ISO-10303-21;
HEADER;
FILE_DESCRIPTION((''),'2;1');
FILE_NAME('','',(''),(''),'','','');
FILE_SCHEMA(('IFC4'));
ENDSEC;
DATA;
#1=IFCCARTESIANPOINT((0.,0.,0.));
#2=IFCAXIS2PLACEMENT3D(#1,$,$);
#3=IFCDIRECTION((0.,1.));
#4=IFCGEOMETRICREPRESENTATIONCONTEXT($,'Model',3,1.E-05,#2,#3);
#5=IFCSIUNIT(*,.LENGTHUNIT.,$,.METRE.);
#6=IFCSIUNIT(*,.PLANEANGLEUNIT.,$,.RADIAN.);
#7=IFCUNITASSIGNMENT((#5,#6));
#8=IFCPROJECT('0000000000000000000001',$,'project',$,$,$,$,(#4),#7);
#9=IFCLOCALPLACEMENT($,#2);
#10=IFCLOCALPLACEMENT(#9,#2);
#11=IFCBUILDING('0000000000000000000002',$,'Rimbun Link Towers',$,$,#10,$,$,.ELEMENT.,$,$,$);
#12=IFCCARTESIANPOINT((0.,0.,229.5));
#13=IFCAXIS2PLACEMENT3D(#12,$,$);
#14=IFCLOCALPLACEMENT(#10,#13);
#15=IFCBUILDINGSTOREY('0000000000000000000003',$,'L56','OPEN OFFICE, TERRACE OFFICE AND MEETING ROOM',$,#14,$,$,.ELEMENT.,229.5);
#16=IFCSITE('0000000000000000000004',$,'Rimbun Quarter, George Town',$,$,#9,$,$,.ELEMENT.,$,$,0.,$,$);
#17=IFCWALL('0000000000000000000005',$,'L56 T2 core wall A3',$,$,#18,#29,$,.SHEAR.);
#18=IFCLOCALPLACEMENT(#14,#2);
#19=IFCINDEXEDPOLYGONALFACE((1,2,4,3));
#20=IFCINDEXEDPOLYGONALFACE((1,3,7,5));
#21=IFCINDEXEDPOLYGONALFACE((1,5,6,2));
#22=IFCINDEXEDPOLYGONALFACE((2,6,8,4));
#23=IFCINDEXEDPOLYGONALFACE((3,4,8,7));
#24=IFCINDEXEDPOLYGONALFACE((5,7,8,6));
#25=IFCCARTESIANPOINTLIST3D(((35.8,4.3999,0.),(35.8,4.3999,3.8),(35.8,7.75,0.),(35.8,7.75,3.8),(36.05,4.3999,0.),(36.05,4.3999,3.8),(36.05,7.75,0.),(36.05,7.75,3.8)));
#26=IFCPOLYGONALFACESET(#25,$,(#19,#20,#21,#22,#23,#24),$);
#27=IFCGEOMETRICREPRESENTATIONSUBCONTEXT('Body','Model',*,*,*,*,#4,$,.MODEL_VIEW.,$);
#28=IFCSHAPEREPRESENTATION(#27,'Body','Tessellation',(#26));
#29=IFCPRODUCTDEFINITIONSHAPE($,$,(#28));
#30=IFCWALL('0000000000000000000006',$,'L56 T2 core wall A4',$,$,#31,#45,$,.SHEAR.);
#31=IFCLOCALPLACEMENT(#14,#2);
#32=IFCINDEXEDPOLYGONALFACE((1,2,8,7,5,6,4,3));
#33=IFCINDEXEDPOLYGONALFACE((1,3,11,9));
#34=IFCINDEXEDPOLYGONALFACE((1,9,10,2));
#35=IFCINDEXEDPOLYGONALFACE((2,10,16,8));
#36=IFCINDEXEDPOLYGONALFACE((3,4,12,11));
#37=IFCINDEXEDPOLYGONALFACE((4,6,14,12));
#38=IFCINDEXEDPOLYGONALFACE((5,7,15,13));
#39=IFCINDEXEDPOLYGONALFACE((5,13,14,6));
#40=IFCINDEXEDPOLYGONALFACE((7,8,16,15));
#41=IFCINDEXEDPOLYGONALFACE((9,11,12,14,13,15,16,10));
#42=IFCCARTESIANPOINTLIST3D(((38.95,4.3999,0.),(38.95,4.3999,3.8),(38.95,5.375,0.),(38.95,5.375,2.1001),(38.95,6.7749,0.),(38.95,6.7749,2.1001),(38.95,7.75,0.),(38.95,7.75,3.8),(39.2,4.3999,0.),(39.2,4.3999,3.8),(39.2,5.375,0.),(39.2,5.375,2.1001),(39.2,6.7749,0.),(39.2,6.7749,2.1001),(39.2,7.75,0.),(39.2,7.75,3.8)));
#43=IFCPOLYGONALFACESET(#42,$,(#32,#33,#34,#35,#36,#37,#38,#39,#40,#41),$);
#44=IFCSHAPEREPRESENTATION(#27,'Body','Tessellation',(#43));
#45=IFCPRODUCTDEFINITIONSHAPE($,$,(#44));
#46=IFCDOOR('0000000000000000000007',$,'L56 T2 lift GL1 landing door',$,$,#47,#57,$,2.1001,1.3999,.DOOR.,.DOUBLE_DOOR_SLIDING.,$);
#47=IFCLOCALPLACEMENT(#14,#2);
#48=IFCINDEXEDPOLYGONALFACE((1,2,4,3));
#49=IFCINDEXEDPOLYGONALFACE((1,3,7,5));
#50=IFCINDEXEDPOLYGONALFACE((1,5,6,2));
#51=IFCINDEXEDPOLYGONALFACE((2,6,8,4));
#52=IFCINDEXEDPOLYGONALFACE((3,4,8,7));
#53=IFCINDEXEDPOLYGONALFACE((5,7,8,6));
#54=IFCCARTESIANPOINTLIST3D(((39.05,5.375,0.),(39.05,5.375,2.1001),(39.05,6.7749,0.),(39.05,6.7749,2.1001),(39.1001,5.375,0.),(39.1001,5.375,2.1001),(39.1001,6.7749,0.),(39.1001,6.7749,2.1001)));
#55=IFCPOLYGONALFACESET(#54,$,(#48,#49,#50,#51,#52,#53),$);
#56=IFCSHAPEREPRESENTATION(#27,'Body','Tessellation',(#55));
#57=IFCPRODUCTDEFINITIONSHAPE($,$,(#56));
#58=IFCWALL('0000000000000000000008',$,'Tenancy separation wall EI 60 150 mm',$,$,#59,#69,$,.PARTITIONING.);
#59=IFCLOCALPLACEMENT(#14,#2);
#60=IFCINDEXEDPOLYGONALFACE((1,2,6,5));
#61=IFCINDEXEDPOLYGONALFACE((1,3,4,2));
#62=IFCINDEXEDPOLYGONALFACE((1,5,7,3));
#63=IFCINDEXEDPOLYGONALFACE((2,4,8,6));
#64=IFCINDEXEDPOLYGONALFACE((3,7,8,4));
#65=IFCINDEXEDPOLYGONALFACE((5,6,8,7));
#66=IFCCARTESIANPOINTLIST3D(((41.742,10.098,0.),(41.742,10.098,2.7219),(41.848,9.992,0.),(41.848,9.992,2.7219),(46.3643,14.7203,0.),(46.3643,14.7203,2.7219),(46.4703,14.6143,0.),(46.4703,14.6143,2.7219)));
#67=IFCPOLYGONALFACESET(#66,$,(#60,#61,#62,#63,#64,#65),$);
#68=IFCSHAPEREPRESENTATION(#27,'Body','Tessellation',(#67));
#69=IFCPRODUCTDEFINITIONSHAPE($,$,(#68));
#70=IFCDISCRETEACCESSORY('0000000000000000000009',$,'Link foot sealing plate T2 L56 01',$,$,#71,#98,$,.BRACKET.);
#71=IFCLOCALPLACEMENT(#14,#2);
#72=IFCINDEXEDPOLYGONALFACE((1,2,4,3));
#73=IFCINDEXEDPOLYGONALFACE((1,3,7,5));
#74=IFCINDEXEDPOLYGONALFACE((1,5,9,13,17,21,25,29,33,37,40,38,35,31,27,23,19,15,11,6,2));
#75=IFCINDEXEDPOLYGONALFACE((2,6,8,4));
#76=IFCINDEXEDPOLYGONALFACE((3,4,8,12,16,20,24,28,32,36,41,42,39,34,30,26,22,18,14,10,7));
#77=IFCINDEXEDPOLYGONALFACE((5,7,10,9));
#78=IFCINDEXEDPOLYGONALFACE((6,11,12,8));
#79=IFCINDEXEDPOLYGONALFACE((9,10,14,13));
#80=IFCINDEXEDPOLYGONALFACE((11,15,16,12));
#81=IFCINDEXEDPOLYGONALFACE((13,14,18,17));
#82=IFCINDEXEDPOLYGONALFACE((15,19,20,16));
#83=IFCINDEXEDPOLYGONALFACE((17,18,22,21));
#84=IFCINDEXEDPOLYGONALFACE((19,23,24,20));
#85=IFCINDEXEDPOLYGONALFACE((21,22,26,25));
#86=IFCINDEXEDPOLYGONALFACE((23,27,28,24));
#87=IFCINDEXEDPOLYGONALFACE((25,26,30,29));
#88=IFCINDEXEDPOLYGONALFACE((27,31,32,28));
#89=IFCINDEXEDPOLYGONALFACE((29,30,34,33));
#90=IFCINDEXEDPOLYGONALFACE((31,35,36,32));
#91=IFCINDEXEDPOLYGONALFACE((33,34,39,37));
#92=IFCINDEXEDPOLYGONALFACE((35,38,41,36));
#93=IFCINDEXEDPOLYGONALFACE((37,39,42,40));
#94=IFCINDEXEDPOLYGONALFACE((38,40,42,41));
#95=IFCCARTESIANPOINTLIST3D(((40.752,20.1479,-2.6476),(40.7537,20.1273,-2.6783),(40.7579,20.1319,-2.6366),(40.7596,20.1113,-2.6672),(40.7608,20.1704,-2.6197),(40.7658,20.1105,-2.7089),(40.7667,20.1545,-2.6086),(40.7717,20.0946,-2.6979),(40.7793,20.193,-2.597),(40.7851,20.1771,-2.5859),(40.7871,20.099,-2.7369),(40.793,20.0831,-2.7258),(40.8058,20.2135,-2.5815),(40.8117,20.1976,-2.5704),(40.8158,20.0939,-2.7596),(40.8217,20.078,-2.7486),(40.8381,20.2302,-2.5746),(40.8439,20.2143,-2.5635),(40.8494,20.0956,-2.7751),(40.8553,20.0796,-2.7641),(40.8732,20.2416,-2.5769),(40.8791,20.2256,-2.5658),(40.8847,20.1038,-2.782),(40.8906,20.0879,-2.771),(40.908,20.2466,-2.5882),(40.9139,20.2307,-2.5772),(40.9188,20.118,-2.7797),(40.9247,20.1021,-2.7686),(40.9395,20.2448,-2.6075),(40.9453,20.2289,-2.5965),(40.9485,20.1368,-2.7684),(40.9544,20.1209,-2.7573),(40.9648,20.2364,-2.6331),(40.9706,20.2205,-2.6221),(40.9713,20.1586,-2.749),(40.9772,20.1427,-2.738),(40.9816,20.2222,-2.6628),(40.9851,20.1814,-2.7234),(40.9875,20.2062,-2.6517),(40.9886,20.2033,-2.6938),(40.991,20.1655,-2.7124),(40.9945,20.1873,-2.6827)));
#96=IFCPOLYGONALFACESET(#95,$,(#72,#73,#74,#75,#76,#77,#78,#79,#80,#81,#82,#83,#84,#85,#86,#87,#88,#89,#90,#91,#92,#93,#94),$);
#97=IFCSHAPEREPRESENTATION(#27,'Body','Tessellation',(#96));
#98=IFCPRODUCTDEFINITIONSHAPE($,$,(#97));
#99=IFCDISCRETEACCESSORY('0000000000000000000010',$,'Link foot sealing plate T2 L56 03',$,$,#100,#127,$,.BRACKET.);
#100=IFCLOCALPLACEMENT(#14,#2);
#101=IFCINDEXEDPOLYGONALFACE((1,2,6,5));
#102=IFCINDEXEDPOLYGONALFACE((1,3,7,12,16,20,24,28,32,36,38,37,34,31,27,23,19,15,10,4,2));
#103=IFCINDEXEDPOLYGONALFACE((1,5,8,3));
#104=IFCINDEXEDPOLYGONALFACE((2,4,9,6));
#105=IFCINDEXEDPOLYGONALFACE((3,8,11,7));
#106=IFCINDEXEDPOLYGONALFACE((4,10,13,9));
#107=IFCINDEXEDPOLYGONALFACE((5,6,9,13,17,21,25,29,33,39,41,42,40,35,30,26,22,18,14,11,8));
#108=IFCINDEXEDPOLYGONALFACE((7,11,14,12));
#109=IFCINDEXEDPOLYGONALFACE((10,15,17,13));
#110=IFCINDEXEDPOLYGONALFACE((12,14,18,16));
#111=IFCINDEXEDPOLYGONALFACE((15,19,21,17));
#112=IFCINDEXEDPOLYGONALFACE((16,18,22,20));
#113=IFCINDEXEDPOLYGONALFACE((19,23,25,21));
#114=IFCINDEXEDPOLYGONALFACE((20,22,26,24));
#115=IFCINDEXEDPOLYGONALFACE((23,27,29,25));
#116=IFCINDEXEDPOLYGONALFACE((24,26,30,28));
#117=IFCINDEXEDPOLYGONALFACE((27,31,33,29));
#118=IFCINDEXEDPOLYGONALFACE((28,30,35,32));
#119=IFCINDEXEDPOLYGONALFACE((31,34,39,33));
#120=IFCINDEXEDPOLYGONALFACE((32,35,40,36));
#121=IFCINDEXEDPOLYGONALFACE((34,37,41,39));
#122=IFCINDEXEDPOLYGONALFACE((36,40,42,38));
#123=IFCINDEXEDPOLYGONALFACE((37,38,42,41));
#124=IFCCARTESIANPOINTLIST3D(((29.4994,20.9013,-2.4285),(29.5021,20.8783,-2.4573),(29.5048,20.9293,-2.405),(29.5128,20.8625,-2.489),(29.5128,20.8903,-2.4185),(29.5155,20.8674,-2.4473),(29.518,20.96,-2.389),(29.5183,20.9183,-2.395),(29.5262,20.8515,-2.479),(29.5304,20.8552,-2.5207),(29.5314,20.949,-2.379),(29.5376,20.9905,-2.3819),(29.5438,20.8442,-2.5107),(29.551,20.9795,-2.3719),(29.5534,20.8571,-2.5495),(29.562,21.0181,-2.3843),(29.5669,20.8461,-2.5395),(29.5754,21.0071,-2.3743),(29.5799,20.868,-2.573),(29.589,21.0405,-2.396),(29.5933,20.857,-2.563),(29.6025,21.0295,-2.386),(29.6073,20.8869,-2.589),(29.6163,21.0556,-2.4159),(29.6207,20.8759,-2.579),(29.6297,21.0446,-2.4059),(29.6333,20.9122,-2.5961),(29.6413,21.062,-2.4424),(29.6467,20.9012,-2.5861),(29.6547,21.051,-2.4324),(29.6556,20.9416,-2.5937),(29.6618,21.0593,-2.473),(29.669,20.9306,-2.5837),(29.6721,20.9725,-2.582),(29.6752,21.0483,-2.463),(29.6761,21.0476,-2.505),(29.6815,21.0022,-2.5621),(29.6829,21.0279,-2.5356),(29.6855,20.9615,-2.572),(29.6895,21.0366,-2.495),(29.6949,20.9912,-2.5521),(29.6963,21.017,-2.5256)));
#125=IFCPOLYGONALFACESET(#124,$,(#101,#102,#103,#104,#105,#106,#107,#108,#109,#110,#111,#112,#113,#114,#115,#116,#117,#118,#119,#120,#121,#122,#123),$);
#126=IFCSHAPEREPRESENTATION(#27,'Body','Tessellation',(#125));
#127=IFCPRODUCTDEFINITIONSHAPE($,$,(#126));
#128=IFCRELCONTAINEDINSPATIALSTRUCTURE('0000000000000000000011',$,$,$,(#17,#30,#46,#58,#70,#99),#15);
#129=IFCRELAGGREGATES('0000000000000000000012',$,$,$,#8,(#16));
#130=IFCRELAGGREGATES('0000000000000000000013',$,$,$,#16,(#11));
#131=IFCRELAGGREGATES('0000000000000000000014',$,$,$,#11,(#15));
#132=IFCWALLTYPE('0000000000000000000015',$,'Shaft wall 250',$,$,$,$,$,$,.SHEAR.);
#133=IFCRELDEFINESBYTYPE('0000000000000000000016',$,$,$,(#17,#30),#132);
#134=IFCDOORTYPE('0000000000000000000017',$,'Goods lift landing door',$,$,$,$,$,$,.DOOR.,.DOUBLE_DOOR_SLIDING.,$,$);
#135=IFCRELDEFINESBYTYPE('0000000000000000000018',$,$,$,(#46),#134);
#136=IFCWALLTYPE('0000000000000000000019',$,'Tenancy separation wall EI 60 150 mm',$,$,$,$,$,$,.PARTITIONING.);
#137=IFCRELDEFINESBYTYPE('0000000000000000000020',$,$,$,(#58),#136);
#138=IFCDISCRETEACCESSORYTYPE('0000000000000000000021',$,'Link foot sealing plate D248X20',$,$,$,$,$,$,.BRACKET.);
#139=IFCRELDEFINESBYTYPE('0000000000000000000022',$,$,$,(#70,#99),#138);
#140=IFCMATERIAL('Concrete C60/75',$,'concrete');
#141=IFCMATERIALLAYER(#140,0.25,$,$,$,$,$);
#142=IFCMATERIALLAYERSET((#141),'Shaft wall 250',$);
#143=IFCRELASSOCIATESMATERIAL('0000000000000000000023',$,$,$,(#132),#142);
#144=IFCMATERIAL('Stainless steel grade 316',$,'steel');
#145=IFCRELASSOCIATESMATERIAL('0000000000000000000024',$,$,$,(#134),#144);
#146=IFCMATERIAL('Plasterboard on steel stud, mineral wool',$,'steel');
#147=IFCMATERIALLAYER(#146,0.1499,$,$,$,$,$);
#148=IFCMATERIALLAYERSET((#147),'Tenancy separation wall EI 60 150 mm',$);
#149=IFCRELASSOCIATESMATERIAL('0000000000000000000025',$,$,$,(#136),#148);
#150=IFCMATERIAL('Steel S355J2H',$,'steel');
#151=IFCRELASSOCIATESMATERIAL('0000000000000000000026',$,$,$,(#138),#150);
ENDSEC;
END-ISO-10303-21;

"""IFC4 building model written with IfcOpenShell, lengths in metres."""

from ifc_helpers import new_model, si_unit, direction, frame, frame_2d, origin, origin_2d, place, context, subcontext, project, spatial, rectangle, circle, extrude, material, layer, layer_set, material_profile, profile_set, type_object, element, fill, save


model = new_model("IFC4")

# Units and contexts
model_context = context("Model", 3, precision=1e-05, world=origin(), true_north=direction((0.0, 1.0)))
body_context = subcontext(model_context, "Body", "Model", "MODEL_VIEW")
ifc_project = project(units=[si_unit("LENGTHUNIT", "METRE"), si_unit("PLANEANGLEUNIT", "RADIAN")], contexts=[model_context])

# Site, building, storey
site_placement = place(None, origin())
site = spatial("IfcSite", under=ifc_project, at=site_placement, Name="Rimbun Quarter, George Town", CompositionType="ELEMENT", RefElevation=0.0)
building_placement = place(site_placement, origin())
building = spatial("IfcBuilding", under=site, at=building_placement, Name="Rimbun Link Towers", CompositionType="ELEMENT")
storey_placement = place(building_placement, frame((0.0, 0.0, 229.5)))
storey = spatial("IfcBuildingStorey", under=building, at=storey_placement, Name="L56", Description="OPEN OFFICE, TERRACE OFFICE AND MEETING ROOM", CompositionType="ELEMENT", Elevation=229.5)

# Shared definitions
ifc_material_1 = material(Name="Concrete C60/75", Category="concrete")
ifc_layer_1 = layer(ifc_material_1, 0.25)
ifc_layer_set_1 = layer_set([ifc_layer_1], Name="Shaft wall 250")
wall_type_1 = type_object("IfcWallType", Name="Shaft wall 250", PredefinedType="SHEAR", material=ifc_layer_set_1)

# Wall
wall_1_placement = place(storey_placement, frame((35.925, 4.3999, 0.0), z_axis=(0.0, 0.0, 1.0), x_axis=(0.0, 1.0, 0.0)))
element("IfcWall", 1, at=wall_1_placement, inside=storey, type_object=wall_type_1, Name="L56 T2 core wall A3", PredefinedType="SHEAR", context=body_context, shape_type="SweptSolid", body=[
    extrude(rectangle(XDim=3.3501, YDim=0.25, at=frame_2d((1.675, 0.0))), origin(), (0.0, 0.0, 1.0), 3.8),
])

# Wall, opening, door
wall_2_placement = place(storey_placement, frame((39.075, 4.3999, 0.0), z_axis=(0.0, 0.0, 1.0), x_axis=(0.0, 1.0, 0.0)))
wall_2 = element("IfcWall", 2, at=wall_2_placement, inside=storey, type_object=wall_type_1, Name="L56 T2 core wall A4", PredefinedType="SHEAR", context=body_context, shape_type="SweptSolid", body=[
    extrude(rectangle(XDim=3.3501, YDim=0.25, at=frame_2d((1.675, 0.0))), origin(), (0.0, 0.0, 1.0), 3.8),
])
opening_1_placement = place(wall_2_placement, frame((0.9751, 0.0, 0.0)))
opening_1 = element("IfcOpeningElement", 3, at=opening_1_placement, cuts=wall_2, PredefinedType="OPENING", context=body_context, shape_type="SweptSolid", body=[
    extrude(rectangle(XDim=1.3999, YDim=2.1001, at=frame_2d((0.7, 1.05))), frame((0.0, 0.135, 0.0), z_axis=(0.0, -1.0, 0.0), x_axis=(1.0, 0.0, 0.0)), (0.0, 0.0, 1.0), 0.27),
])
ifc_material_2 = material(Name="Stainless steel grade 316", Category="steel")
door_type_1 = type_object("IfcDoorType", Name="Goods lift landing door", OperationType="DOUBLE_DOOR_SLIDING", PredefinedType="DOOR", material=ifc_material_2)
door_1_placement = place(opening_1_placement, origin())
door_1 = element("IfcDoor", 4, at=door_1_placement, inside=storey, type_object=door_type_1, Name="L56 T2 lift GL1 landing door", OperationType="DOUBLE_DOOR_SLIDING", OverallHeight=2.1001, OverallWidth=1.3999, PredefinedType="DOOR", context=body_context, shape_type="SweptSolid", body=[
    extrude(rectangle(XDim=1.3999, YDim=2.1001, at=frame_2d((0.7, 1.05))), frame((0.0, 0.0249, 0.0), z_axis=(0.0, -1.0, 0.0), x_axis=(1.0, 0.0, 0.0)), (0.0, 0.0, 1.0), 0.05),
])
fill(opening_1, door_1)

# Wall
ifc_material_3 = material(Name="Plasterboard on steel stud, mineral wool", Category="steel")
ifc_layer_2 = layer(ifc_material_3, 0.1499)
ifc_layer_set_2 = layer_set([ifc_layer_2], Name="Tenancy separation wall EI 60 150 mm")
wall_type_2 = type_object("IfcWallType", Name="Tenancy separation wall EI 60 150 mm", PredefinedType="PARTITIONING", material=ifc_layer_set_2)
wall_3_placement = place(storey_placement, frame((41.7949, 10.0449, 0.0), z_axis=(0.0, 0.0, 1.0), x_axis=(0.707107, 0.707107, 0.0)))
element("IfcWall", 5, at=wall_3_placement, inside=storey, type_object=wall_type_2, Name="Tenancy separation wall EI 60 150 mm", PredefinedType="PARTITIONING", context=body_context, shape_type="SweptSolid", body=[
    extrude(rectangle(XDim=6.5369, YDim=0.1499, at=frame_2d((3.2686, 0.0))), origin(), (0.0, 0.0, 1.0), 2.7219),
])

# Discrete accessories
ifc_material_4 = material(Name="Steel S355J2H", Category="steel")
ifc_material_profile_1 = material_profile(ifc_material_4, circle(Radius=0.124, at=origin_2d()), Name="PL D248")
ifc_profile_set_1 = profile_set([ifc_material_profile_1], Name="Steel S355J2H")
discrete_accessory_type = type_object("IfcDiscreteAccessoryType", Name="Link foot sealing plate D248X20", PredefinedType="BRACKET", material=ifc_profile_set_1)
discrete_accessory_1_placement = place(storey_placement, frame((40.876, 20.1543, -2.6672), z_axis=(-0.290488, 0.786738, -0.544665), x_axis=(-0.938096, -0.346374, 0.0)))
element("IfcDiscreteAccessory", 6, at=discrete_accessory_1_placement, inside=storey, type_object=discrete_accessory_type, Name="Link foot sealing plate T2 L56 01", PredefinedType="BRACKET", context=body_context, shape_type="SweptSolid", body=[
    extrude(circle(Radius=0.124, at=origin_2d()), origin(), (0.0, 0.0, 1.0), 0.0203),
])
discrete_accessory_2_placement = place(storey_placement, frame((29.6047, 20.9475, -2.479), z_axis=(-0.670383, 0.548495, -0.49974), x_axis=(-0.633238, -0.773957, 0.0)))
element("IfcDiscreteAccessory", 7, at=discrete_accessory_2_placement, inside=storey, type_object=discrete_accessory_type, Name="Link foot sealing plate T2 L56 03", PredefinedType="BRACKET", context=body_context, shape_type="SweptSolid", body=[
    extrude(circle(Radius=0.124, at=origin_2d()), origin(), (0.0, 0.0, 1.0), 0.02),
])

save(model, "model.ifc")
